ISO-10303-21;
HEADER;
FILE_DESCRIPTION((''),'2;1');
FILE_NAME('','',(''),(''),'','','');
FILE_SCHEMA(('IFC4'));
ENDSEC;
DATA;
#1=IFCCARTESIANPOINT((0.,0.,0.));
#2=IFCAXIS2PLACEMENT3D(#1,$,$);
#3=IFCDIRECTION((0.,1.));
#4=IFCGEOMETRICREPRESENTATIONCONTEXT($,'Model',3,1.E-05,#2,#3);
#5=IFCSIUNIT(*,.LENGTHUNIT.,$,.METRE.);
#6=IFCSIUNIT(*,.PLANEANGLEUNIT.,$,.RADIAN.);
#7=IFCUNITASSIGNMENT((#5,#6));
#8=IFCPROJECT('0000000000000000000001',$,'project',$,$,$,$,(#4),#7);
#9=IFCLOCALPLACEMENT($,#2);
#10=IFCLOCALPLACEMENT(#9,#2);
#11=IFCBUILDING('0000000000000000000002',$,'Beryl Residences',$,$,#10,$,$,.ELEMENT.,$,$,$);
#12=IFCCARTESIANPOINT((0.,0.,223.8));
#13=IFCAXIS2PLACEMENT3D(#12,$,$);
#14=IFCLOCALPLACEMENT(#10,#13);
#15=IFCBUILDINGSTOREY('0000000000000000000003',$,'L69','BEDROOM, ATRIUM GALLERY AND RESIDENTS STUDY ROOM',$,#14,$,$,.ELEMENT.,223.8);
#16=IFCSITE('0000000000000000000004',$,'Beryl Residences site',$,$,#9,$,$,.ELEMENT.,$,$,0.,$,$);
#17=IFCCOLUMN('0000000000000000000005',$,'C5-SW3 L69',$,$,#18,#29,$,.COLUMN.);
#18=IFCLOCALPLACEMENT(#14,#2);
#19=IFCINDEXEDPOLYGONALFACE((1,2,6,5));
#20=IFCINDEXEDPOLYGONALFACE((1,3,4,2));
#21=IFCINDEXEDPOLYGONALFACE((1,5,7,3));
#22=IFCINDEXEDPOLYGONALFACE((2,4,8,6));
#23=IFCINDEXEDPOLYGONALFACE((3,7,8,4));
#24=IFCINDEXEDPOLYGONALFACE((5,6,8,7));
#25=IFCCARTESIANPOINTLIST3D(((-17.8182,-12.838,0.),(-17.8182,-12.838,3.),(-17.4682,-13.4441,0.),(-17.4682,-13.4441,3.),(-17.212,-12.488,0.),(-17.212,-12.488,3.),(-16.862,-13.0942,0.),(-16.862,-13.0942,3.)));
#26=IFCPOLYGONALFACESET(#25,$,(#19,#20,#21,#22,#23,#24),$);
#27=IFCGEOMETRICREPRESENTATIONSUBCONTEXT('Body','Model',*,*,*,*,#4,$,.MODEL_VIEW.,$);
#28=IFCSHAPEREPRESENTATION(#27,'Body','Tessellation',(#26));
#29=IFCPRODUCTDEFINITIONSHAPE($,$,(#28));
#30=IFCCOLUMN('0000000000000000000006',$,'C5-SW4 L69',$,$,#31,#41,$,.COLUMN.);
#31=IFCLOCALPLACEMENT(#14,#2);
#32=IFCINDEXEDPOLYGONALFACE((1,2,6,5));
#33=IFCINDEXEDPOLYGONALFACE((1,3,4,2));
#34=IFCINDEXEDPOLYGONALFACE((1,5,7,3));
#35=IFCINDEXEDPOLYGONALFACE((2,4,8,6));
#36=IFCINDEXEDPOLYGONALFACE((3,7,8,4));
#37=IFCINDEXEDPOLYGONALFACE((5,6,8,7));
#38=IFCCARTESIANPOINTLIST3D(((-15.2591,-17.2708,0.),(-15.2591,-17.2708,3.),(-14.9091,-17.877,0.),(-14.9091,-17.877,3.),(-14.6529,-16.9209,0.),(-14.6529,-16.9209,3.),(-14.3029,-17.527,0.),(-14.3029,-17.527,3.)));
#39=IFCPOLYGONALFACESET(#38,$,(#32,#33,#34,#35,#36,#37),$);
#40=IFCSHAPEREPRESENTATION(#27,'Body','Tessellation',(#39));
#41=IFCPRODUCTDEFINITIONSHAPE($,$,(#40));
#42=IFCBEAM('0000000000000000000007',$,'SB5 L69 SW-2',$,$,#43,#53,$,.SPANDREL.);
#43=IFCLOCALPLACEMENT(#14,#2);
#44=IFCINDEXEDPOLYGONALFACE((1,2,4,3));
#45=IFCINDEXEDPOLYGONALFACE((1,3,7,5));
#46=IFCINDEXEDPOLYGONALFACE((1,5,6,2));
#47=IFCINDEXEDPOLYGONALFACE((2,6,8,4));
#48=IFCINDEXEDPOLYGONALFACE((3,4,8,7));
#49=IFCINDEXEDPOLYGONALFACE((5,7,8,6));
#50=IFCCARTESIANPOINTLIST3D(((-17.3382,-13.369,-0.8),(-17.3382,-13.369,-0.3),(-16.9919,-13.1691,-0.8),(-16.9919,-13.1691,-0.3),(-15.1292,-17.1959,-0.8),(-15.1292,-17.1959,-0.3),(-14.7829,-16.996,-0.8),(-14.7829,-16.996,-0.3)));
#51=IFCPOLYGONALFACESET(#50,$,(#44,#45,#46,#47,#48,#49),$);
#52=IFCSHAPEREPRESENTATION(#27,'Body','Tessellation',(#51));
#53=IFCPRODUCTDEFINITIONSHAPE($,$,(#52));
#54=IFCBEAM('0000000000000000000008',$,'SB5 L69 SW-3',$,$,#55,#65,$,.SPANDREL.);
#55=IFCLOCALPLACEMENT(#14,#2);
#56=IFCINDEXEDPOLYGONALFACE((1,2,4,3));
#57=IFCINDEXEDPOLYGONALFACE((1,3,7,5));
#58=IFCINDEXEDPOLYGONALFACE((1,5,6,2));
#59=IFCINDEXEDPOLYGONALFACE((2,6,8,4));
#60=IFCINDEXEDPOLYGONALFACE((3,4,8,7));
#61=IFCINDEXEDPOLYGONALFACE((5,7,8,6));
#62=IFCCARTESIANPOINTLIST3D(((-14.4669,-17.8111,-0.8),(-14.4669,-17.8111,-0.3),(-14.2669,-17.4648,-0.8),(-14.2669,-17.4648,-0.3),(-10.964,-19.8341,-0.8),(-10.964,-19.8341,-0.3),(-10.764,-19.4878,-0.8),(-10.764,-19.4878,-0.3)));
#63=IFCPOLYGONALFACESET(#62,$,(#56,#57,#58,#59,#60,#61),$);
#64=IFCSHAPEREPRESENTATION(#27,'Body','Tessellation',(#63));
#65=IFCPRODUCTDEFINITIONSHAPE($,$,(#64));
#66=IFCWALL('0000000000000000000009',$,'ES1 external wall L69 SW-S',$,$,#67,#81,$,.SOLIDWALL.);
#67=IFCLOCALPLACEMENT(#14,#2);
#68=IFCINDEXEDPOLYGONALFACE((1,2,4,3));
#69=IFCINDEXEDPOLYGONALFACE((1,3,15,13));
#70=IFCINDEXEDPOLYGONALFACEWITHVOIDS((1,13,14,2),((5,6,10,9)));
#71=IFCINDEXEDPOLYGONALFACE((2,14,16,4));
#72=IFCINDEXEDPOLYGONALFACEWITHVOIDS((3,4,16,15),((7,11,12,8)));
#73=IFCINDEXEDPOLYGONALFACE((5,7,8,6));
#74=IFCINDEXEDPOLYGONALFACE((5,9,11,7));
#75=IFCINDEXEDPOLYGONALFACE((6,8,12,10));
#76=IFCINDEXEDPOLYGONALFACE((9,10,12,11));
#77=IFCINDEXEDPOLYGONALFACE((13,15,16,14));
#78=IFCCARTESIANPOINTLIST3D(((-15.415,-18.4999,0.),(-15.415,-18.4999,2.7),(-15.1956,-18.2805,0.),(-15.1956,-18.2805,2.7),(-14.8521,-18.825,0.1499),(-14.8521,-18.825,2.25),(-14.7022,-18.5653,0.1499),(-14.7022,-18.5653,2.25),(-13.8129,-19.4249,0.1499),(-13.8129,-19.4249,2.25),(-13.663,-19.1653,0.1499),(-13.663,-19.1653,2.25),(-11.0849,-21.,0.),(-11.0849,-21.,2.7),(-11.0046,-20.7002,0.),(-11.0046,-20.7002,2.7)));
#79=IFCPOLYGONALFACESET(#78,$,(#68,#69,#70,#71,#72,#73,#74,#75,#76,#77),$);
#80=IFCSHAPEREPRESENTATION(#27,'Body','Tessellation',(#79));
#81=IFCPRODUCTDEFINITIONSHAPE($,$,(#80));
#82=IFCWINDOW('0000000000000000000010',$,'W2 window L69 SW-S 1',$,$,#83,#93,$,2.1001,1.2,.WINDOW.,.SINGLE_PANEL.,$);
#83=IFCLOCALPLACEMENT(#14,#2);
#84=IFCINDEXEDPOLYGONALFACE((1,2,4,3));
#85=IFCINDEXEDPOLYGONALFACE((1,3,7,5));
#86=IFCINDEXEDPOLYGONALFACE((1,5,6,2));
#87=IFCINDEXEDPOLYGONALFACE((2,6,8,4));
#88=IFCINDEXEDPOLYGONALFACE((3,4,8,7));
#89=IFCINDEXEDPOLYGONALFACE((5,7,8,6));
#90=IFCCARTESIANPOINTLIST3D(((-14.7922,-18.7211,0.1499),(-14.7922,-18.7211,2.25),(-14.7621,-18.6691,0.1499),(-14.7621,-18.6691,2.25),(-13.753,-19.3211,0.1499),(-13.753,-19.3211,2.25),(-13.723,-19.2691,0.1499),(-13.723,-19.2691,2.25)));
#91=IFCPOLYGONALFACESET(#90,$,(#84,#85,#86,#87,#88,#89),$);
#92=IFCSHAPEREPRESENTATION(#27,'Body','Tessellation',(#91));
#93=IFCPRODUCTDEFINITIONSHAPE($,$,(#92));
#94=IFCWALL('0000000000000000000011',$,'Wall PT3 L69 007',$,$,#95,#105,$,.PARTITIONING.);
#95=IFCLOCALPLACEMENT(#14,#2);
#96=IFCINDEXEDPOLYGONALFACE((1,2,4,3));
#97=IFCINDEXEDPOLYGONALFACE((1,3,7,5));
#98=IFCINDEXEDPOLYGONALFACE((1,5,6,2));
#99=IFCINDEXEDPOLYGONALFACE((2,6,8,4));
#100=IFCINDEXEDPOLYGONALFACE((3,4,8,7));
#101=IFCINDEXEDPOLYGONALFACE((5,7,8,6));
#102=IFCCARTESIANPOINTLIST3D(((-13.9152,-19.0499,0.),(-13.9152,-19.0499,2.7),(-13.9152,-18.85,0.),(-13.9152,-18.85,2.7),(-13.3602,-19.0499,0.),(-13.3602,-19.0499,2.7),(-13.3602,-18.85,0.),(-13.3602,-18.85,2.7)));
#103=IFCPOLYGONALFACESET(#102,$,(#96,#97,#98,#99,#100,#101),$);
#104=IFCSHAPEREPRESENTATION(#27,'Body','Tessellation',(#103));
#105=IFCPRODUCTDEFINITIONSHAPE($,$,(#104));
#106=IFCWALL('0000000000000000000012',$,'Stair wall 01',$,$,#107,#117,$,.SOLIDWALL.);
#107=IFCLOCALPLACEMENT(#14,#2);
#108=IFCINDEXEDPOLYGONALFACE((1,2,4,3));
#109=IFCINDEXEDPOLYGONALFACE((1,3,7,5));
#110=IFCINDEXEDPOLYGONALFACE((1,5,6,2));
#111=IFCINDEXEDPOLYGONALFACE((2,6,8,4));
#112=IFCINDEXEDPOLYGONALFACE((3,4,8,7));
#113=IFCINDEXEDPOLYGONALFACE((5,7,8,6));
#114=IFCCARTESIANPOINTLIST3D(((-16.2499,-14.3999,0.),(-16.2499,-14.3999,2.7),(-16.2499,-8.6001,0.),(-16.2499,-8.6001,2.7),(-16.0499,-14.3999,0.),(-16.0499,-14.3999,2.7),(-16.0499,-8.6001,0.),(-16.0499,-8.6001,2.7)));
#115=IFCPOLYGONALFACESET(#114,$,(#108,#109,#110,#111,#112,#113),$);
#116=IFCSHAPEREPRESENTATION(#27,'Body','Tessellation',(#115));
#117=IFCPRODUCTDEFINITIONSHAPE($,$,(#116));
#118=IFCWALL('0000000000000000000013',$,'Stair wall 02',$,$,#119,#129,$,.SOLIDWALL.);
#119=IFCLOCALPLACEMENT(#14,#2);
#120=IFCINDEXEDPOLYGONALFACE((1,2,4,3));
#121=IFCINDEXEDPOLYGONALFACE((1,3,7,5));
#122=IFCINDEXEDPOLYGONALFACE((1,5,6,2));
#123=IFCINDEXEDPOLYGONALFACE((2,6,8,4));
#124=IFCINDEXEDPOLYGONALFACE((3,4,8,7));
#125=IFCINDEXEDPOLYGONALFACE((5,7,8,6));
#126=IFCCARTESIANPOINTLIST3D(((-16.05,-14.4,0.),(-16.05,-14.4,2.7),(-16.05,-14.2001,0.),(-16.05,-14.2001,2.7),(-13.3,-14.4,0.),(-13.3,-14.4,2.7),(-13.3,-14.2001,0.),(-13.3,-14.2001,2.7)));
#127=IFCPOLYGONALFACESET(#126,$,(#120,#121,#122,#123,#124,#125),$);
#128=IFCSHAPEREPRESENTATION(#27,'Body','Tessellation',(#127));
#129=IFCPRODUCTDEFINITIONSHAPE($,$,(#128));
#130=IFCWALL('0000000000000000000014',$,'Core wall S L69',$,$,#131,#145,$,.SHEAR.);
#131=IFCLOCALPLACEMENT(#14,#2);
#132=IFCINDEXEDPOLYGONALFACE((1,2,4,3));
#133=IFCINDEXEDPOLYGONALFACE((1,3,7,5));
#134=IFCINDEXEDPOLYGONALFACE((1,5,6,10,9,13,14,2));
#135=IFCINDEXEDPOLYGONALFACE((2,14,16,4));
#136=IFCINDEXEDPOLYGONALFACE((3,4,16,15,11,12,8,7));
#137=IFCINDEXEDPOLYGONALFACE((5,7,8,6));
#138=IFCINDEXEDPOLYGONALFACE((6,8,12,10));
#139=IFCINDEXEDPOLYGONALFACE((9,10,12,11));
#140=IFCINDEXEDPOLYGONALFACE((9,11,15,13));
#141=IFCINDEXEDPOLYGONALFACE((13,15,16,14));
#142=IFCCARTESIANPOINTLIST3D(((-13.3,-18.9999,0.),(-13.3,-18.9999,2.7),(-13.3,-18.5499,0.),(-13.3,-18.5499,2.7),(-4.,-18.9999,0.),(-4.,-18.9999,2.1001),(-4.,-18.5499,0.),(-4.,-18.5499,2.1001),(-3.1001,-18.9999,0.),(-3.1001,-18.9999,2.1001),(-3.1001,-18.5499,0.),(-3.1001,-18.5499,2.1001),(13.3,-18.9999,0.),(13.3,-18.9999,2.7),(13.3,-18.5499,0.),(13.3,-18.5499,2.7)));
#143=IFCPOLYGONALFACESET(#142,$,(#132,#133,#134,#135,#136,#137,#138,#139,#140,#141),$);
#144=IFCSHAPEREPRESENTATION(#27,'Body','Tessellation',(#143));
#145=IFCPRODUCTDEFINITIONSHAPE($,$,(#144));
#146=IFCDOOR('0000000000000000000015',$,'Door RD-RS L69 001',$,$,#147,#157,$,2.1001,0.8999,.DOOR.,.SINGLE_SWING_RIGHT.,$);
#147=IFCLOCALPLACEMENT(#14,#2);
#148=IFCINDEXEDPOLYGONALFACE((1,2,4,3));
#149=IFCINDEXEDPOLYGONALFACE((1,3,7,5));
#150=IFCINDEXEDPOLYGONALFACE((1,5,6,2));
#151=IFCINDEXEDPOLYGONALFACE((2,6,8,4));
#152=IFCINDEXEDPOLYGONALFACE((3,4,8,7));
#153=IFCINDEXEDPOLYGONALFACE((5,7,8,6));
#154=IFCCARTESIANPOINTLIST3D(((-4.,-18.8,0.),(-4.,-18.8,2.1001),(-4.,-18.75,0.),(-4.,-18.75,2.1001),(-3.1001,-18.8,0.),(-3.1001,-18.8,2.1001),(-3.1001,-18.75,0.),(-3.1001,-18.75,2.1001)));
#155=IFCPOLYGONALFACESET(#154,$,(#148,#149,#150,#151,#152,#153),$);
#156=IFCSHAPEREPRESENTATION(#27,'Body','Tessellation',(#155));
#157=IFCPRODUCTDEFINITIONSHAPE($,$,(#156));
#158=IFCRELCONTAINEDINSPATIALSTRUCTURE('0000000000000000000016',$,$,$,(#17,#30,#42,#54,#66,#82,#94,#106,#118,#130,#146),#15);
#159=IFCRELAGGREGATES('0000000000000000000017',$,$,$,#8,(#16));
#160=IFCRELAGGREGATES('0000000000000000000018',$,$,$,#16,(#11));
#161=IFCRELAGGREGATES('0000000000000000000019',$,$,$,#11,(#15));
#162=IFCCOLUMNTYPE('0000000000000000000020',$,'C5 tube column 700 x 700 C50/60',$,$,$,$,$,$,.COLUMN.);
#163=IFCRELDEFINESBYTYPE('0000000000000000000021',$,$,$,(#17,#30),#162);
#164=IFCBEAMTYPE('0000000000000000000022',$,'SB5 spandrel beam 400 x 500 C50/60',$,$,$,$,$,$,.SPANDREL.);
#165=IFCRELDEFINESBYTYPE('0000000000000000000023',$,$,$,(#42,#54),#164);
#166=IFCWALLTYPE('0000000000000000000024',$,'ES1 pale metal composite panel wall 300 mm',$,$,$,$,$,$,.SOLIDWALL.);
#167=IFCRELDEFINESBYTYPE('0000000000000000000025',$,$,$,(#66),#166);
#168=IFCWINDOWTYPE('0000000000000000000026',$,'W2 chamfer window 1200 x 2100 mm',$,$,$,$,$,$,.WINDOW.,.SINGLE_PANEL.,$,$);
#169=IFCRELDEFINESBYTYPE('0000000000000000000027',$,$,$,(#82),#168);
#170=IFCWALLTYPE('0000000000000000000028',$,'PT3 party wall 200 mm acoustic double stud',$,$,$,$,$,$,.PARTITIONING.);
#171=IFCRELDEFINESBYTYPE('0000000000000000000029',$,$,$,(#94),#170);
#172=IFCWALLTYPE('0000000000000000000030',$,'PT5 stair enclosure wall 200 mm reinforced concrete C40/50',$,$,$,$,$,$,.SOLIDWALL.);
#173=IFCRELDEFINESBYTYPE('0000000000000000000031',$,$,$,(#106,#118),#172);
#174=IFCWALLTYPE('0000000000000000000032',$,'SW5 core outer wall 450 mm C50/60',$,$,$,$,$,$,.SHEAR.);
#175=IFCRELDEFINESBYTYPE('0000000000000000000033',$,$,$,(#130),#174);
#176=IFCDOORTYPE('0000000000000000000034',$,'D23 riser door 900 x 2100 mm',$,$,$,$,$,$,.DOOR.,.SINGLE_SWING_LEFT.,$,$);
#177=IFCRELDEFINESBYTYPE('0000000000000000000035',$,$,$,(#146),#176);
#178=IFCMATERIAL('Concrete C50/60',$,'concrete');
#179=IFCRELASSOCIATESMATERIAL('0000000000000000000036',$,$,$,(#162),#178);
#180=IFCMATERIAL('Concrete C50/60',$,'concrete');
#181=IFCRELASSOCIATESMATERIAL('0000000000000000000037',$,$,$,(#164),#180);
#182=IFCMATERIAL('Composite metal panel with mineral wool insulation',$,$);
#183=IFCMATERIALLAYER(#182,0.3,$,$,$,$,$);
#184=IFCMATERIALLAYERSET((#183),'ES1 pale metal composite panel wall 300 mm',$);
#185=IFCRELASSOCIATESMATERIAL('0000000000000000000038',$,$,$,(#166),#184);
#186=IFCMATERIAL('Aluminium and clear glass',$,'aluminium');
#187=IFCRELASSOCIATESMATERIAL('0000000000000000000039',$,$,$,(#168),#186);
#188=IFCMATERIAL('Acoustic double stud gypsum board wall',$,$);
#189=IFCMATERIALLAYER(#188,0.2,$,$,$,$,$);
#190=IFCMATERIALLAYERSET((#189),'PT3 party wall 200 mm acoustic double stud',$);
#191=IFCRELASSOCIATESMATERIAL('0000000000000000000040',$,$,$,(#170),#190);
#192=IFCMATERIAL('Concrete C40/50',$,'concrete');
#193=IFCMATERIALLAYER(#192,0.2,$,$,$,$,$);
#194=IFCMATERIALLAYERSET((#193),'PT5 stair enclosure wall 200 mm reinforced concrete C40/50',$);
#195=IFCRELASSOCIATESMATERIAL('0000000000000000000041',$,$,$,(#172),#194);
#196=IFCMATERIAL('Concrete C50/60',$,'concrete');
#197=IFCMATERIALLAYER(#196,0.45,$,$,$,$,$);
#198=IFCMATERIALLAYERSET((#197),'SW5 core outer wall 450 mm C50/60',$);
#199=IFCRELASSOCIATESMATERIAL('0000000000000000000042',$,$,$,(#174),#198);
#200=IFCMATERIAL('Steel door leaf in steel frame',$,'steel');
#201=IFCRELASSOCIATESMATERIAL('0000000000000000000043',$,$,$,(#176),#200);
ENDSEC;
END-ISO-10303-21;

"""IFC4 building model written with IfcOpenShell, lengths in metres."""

from ifc_helpers import new_model, si_unit, direction, frame, frame_2d, origin, origin_2d, place, context, subcontext, project, spatial, polyline, rectangle, outline, extrude, material, layer, layer_set, material_profile, profile_set, type_object, element, fill, save


model = new_model("IFC4")

# Units and contexts
model_context = context("Model", 3, precision=1e-05, world=origin(), true_north=direction((0.0, 1.0)))
body_context = subcontext(model_context, "Body", "Model", "MODEL_VIEW")
ifc_project = project(units=[si_unit("LENGTHUNIT", "METRE"), si_unit("PLANEANGLEUNIT", "RADIAN")], contexts=[model_context])

# Site, building, storey
site_placement = place(None, origin())
site = spatial("IfcSite", under=ifc_project, at=site_placement, Name="Beryl Residences site", CompositionType="ELEMENT", RefElevation=0.0)
building_placement = place(site_placement, origin())
building = spatial("IfcBuilding", under=site, at=building_placement, Name="Beryl Residences", CompositionType="ELEMENT")
storey_placement = place(building_placement, frame((0.0, 0.0, 223.8)))
storey = spatial("IfcBuildingStorey", under=building, at=storey_placement, Name="L69", Description="BEDROOM, ATRIUM GALLERY AND RESIDENTS STUDY ROOM", CompositionType="ELEMENT", Elevation=223.8)

# Columns
ifc_material_1 = material(Name="Concrete C50/60", Category="concrete")
ifc_material_profile_1 = material_profile(ifc_material_1, rectangle(XDim=0.7, YDim=0.7, at=origin_2d()))
ifc_profile_set_1 = profile_set([ifc_material_profile_1], Name="Concrete C50/60")
column_type = type_object("IfcColumnType", Name="C5 tube column 700 x 700 C50/60", PredefinedType="COLUMN", material=ifc_profile_set_1)
for number, where, z_axis, x_axis, name in (
    (1, (-17.3401, -12.9661, 0.0), (0.0, 0.0, 1.0), (0.499985, -0.866034, 0.0), "C5-SW3 L69"),
    (2, (-14.781, -17.3989, 0.0), (0.0, 0.0, 1.0), (0.499985, -0.866034, 0.0), "C5-SW4 L69"),
):
    element("IfcColumn", number, at=place(storey_placement, frame(where, z_axis=z_axis, x_axis=x_axis)), inside=storey, type_object=column_type, Name=name, PredefinedType="COLUMN", context=body_context, shape_type="SweptSolid", body=[
        extrude(rectangle(XDim=0.7, YDim=0.7, at=origin_2d()), origin(), (0.0, 0.0, 1.0), 3.0),
    ])

# Beams
ifc_material_2 = material(Name="Concrete C50/60", Category="concrete")
ifc_material_profile_2 = material_profile(ifc_material_2, rectangle(XDim=0.3999, YDim=0.5, at=origin_2d()))
ifc_profile_set_2 = profile_set([ifc_material_profile_2], Name="Concrete C50/60")
beam_type = type_object("IfcBeamType", Name="SB5 spandrel beam 400 x 500 C50/60", PredefinedType="SPANDREL", material=ifc_profile_set_2)
beam_1_placement = place(storey_placement, frame((-17.165, -13.269, -0.55), z_axis=(0.499919, -0.866072, 0.0), x_axis=(0.866072, 0.499919, 0.0)))
element("IfcBeam", 3, at=beam_1_placement, inside=storey, type_object=beam_type, Name="SB5 L69 SW-2", PredefinedType="SPANDREL", context=body_context, shape_type="SweptSolid", body=[
    extrude(rectangle(XDim=0.3999, YDim=0.5, at=origin_2d()), origin(), (0.0, 0.0, 1.0), 4.4187),
])
beam_2_placement = place(storey_placement, frame((-14.3669, -17.6379, -0.55), z_axis=(0.865968, -0.500099, 0.0), x_axis=(0.500099, 0.865968, 0.0)))
element("IfcBeam", 4, at=beam_2_placement, inside=storey, type_object=beam_type, Name="SB5 L69 SW-3", PredefinedType="SPANDREL", context=body_context, shape_type="SweptSolid", body=[
    extrude(rectangle(XDim=0.3999, YDim=0.5, at=origin_2d()), origin(), (0.0, 0.0, 1.0), 4.0452),
])

# Wall, opening, window
ifc_material_3 = material(Name="Composite metal panel with mineral wool insulation")
ifc_layer_1 = layer(ifc_material_3, 0.3)
ifc_layer_set_1 = layer_set([ifc_layer_1], Name="ES1 pale metal composite panel wall 300 mm")
wall_type_1 = type_object("IfcWallType", Name="ES1 pale metal composite panel wall 300 mm", PredefinedType="SOLIDWALL", material=ifc_layer_set_1)
wall_1_placement = place(storey_placement, frame((-15.3401, -18.3701, 0.0), z_axis=(0.0, 0.0, 1.0), x_axis=(0.866023, -0.500004, 0.0)))
wall_1 = element("IfcWall", 5, at=wall_1_placement, inside=storey, type_object=wall_type_1, Name="ES1 external wall L69 SW-S", PredefinedType="SOLIDWALL", context=body_context, shape_type="SweptSolid", body=[
    extrude(outline(polyline([(0.0, -0.1499), (5.0, -0.1499), (4.9197, 0.1499), (0.0803, 0.1499), (0.0, -0.1499)])), origin(), (0.0, 0.0, 1.0), 2.7),
])
opening_1_placement = place(wall_1_placement, frame((0.6499, 0.0, 0.1499)))
opening_1 = element("IfcOpeningElement", 6, at=opening_1_placement, cuts=wall_1, PredefinedType="OPENING", context=body_context, shape_type="SweptSolid", body=[
    extrude(rectangle(XDim=1.2, YDim=2.1001, at=frame_2d((0.6001, 1.05))), frame((0.0, 0.1599, 0.0), z_axis=(0.0, -1.0, 0.0), x_axis=(1.0, 0.0, 0.0)), (0.0, 0.0, 1.0), 0.3201),
])
ifc_material_4 = material(Name="Aluminium and clear glass", Category="aluminium")
window_type = type_object("IfcWindowType", Name="W2 chamfer window 1200 x 2100 mm", PartitioningType="SINGLE_PANEL", PredefinedType="WINDOW", material=ifc_material_4)
window_placement = place(opening_1_placement, origin())
window = element("IfcWindow", 7, at=window_placement, inside=storey, type_object=window_type, Name="W2 window L69 SW-S 1", OverallHeight=2.1001, OverallWidth=1.2, PartitioningType="SINGLE_PANEL", PredefinedType="WINDOW", context=body_context, shape_type="SweptSolid", body=[
    extrude(rectangle(XDim=1.2, YDim=2.1001, at=frame_2d((0.6001, 1.05))), frame((0.0, 0.03, 0.0), z_axis=(0.0, -1.0, 0.0), x_axis=(1.0, 0.0, 0.0)), (0.0, 0.0, 1.0), 0.0601),
])
fill(opening_1, window)

# Walls
ifc_material_5 = material(Name="Acoustic double stud gypsum board wall")
ifc_layer_2 = layer(ifc_material_5, 0.2)
ifc_layer_set_2 = layer_set([ifc_layer_2], Name="PT3 party wall 200 mm acoustic double stud")
wall_type_2 = type_object("IfcWallType", Name="PT3 party wall 200 mm acoustic double stud", PredefinedType="PARTITIONING", material=ifc_layer_set_2)
wall_2_placement = place(storey_placement, frame((-13.915, -18.95, 0.0), z_axis=(0.0, 0.0, 1.0), x_axis=(1.0, 0.0, 0.0)))
element("IfcWall", 8, at=wall_2_placement, inside=storey, type_object=wall_type_2, Name="Wall PT3 L69 007", PredefinedType="PARTITIONING", context=body_context, shape_type="SweptSolid", body=[
    extrude(rectangle(XDim=0.5549, YDim=0.2, at=frame_2d((0.2773, 0.0))), origin(), (0.0, 0.0, 1.0), 2.7),
])
ifc_material_6 = material(Name="Concrete C40/50", Category="concrete")
ifc_layer_3 = layer(ifc_material_6, 0.2)
ifc_layer_set_3 = layer_set([ifc_layer_3], Name="PT5 stair enclosure wall 200 mm reinforced concrete C40/50")
wall_type_3 = type_object("IfcWallType", Name="PT5 stair enclosure wall 200 mm reinforced concrete C40/50", PredefinedType="SOLIDWALL", material=ifc_layer_set_3)
wall_3_placement = place(storey_placement, frame((-16.1499, -14.3999, 0.0), z_axis=(0.0, 0.0, 1.0), x_axis=(0.0, 1.0, 0.0)))
element("IfcWall", 9, at=wall_3_placement, inside=storey, type_object=wall_type_3, Name="Stair wall 01", PredefinedType="SOLIDWALL", context=body_context, shape_type="SweptSolid", body=[
    extrude(rectangle(XDim=5.7998, YDim=0.2, at=frame_2d((2.8999, 0.0))), origin(), (0.0, 0.0, 1.0), 2.7),
])
wall_4_placement = place(storey_placement, frame((-16.05, -14.3, 0.0), z_axis=(0.0, 0.0, 1.0), x_axis=(1.0, 0.0, 0.0)))
element("IfcWall", 10, at=wall_4_placement, inside=storey, type_object=wall_type_3, Name="Stair wall 02", PredefinedType="SOLIDWALL", context=body_context, shape_type="SweptSolid", body=[
    extrude(rectangle(XDim=2.75, YDim=0.2, at=frame_2d((1.375, 0.0))), origin(), (0.0, 0.0, 1.0), 2.7),
])

# Wall, opening, door
ifc_material_7 = material(Name="Concrete C50/60", Category="concrete")
ifc_layer_4 = layer(ifc_material_7, 0.45)
ifc_layer_set_4 = layer_set([ifc_layer_4], Name="SW5 core outer wall 450 mm C50/60")
wall_type_4 = type_object("IfcWallType", Name="SW5 core outer wall 450 mm C50/60", PredefinedType="SHEAR", material=ifc_layer_set_4)
wall_5_placement = place(storey_placement, frame((-13.3, -18.7749, 0.0), z_axis=(0.0, 0.0, 1.0), x_axis=(1.0, 0.0, 0.0)))
wall_5 = element("IfcWall", 11, at=wall_5_placement, inside=storey, type_object=wall_type_4, Name="Core wall S L69", PredefinedType="SHEAR", context=body_context, shape_type="SweptSolid", body=[
    extrude(rectangle(XDim=26.6001, YDim=0.45, at=frame_2d((13.3, 0.0))), origin(), (0.0, 0.0, 1.0), 2.7),
])
opening_2_placement = place(wall_5_placement, frame((9.3, 0.0, 0.0)))
opening_2 = element("IfcOpeningElement", 12, at=opening_2_placement, cuts=wall_5, PredefinedType="OPENING", context=body_context, shape_type="SweptSolid", body=[
    extrude(rectangle(XDim=0.8999, YDim=2.1001, at=frame_2d((0.45, 1.05))), frame((0.0, 0.2349, 0.0), z_axis=(0.0, -1.0, 0.0), x_axis=(1.0, 0.0, 0.0)), (0.0, 0.0, 1.0), 0.47),
])
ifc_material_8 = material(Name="Steel door leaf in steel frame", Category="steel")
door_type_1 = type_object("IfcDoorType", Name="D23 riser door 900 x 2100 mm", OperationType="SINGLE_SWING_LEFT", PredefinedType="DOOR", material=ifc_material_8)
door_1_placement = place(opening_2_placement, origin())
door_1 = element("IfcDoor", 13, at=door_1_placement, inside=storey, type_object=door_type_1, Name="Door RD-RS L69 001", OperationType="SINGLE_SWING_RIGHT", OverallHeight=2.1001, OverallWidth=0.8999, PredefinedType="DOOR", context=body_context, shape_type="SweptSolid", body=[
    extrude(rectangle(XDim=0.8999, YDim=2.1001, at=frame_2d((0.45, 1.05))), frame((0.0, 0.0249, 0.0), z_axis=(0.0, -1.0, 0.0), x_axis=(1.0, 0.0, 0.0)), (0.0, 0.0, 1.0), 0.05),
])
fill(opening_2, door_1)

save(model, "model.ifc")
